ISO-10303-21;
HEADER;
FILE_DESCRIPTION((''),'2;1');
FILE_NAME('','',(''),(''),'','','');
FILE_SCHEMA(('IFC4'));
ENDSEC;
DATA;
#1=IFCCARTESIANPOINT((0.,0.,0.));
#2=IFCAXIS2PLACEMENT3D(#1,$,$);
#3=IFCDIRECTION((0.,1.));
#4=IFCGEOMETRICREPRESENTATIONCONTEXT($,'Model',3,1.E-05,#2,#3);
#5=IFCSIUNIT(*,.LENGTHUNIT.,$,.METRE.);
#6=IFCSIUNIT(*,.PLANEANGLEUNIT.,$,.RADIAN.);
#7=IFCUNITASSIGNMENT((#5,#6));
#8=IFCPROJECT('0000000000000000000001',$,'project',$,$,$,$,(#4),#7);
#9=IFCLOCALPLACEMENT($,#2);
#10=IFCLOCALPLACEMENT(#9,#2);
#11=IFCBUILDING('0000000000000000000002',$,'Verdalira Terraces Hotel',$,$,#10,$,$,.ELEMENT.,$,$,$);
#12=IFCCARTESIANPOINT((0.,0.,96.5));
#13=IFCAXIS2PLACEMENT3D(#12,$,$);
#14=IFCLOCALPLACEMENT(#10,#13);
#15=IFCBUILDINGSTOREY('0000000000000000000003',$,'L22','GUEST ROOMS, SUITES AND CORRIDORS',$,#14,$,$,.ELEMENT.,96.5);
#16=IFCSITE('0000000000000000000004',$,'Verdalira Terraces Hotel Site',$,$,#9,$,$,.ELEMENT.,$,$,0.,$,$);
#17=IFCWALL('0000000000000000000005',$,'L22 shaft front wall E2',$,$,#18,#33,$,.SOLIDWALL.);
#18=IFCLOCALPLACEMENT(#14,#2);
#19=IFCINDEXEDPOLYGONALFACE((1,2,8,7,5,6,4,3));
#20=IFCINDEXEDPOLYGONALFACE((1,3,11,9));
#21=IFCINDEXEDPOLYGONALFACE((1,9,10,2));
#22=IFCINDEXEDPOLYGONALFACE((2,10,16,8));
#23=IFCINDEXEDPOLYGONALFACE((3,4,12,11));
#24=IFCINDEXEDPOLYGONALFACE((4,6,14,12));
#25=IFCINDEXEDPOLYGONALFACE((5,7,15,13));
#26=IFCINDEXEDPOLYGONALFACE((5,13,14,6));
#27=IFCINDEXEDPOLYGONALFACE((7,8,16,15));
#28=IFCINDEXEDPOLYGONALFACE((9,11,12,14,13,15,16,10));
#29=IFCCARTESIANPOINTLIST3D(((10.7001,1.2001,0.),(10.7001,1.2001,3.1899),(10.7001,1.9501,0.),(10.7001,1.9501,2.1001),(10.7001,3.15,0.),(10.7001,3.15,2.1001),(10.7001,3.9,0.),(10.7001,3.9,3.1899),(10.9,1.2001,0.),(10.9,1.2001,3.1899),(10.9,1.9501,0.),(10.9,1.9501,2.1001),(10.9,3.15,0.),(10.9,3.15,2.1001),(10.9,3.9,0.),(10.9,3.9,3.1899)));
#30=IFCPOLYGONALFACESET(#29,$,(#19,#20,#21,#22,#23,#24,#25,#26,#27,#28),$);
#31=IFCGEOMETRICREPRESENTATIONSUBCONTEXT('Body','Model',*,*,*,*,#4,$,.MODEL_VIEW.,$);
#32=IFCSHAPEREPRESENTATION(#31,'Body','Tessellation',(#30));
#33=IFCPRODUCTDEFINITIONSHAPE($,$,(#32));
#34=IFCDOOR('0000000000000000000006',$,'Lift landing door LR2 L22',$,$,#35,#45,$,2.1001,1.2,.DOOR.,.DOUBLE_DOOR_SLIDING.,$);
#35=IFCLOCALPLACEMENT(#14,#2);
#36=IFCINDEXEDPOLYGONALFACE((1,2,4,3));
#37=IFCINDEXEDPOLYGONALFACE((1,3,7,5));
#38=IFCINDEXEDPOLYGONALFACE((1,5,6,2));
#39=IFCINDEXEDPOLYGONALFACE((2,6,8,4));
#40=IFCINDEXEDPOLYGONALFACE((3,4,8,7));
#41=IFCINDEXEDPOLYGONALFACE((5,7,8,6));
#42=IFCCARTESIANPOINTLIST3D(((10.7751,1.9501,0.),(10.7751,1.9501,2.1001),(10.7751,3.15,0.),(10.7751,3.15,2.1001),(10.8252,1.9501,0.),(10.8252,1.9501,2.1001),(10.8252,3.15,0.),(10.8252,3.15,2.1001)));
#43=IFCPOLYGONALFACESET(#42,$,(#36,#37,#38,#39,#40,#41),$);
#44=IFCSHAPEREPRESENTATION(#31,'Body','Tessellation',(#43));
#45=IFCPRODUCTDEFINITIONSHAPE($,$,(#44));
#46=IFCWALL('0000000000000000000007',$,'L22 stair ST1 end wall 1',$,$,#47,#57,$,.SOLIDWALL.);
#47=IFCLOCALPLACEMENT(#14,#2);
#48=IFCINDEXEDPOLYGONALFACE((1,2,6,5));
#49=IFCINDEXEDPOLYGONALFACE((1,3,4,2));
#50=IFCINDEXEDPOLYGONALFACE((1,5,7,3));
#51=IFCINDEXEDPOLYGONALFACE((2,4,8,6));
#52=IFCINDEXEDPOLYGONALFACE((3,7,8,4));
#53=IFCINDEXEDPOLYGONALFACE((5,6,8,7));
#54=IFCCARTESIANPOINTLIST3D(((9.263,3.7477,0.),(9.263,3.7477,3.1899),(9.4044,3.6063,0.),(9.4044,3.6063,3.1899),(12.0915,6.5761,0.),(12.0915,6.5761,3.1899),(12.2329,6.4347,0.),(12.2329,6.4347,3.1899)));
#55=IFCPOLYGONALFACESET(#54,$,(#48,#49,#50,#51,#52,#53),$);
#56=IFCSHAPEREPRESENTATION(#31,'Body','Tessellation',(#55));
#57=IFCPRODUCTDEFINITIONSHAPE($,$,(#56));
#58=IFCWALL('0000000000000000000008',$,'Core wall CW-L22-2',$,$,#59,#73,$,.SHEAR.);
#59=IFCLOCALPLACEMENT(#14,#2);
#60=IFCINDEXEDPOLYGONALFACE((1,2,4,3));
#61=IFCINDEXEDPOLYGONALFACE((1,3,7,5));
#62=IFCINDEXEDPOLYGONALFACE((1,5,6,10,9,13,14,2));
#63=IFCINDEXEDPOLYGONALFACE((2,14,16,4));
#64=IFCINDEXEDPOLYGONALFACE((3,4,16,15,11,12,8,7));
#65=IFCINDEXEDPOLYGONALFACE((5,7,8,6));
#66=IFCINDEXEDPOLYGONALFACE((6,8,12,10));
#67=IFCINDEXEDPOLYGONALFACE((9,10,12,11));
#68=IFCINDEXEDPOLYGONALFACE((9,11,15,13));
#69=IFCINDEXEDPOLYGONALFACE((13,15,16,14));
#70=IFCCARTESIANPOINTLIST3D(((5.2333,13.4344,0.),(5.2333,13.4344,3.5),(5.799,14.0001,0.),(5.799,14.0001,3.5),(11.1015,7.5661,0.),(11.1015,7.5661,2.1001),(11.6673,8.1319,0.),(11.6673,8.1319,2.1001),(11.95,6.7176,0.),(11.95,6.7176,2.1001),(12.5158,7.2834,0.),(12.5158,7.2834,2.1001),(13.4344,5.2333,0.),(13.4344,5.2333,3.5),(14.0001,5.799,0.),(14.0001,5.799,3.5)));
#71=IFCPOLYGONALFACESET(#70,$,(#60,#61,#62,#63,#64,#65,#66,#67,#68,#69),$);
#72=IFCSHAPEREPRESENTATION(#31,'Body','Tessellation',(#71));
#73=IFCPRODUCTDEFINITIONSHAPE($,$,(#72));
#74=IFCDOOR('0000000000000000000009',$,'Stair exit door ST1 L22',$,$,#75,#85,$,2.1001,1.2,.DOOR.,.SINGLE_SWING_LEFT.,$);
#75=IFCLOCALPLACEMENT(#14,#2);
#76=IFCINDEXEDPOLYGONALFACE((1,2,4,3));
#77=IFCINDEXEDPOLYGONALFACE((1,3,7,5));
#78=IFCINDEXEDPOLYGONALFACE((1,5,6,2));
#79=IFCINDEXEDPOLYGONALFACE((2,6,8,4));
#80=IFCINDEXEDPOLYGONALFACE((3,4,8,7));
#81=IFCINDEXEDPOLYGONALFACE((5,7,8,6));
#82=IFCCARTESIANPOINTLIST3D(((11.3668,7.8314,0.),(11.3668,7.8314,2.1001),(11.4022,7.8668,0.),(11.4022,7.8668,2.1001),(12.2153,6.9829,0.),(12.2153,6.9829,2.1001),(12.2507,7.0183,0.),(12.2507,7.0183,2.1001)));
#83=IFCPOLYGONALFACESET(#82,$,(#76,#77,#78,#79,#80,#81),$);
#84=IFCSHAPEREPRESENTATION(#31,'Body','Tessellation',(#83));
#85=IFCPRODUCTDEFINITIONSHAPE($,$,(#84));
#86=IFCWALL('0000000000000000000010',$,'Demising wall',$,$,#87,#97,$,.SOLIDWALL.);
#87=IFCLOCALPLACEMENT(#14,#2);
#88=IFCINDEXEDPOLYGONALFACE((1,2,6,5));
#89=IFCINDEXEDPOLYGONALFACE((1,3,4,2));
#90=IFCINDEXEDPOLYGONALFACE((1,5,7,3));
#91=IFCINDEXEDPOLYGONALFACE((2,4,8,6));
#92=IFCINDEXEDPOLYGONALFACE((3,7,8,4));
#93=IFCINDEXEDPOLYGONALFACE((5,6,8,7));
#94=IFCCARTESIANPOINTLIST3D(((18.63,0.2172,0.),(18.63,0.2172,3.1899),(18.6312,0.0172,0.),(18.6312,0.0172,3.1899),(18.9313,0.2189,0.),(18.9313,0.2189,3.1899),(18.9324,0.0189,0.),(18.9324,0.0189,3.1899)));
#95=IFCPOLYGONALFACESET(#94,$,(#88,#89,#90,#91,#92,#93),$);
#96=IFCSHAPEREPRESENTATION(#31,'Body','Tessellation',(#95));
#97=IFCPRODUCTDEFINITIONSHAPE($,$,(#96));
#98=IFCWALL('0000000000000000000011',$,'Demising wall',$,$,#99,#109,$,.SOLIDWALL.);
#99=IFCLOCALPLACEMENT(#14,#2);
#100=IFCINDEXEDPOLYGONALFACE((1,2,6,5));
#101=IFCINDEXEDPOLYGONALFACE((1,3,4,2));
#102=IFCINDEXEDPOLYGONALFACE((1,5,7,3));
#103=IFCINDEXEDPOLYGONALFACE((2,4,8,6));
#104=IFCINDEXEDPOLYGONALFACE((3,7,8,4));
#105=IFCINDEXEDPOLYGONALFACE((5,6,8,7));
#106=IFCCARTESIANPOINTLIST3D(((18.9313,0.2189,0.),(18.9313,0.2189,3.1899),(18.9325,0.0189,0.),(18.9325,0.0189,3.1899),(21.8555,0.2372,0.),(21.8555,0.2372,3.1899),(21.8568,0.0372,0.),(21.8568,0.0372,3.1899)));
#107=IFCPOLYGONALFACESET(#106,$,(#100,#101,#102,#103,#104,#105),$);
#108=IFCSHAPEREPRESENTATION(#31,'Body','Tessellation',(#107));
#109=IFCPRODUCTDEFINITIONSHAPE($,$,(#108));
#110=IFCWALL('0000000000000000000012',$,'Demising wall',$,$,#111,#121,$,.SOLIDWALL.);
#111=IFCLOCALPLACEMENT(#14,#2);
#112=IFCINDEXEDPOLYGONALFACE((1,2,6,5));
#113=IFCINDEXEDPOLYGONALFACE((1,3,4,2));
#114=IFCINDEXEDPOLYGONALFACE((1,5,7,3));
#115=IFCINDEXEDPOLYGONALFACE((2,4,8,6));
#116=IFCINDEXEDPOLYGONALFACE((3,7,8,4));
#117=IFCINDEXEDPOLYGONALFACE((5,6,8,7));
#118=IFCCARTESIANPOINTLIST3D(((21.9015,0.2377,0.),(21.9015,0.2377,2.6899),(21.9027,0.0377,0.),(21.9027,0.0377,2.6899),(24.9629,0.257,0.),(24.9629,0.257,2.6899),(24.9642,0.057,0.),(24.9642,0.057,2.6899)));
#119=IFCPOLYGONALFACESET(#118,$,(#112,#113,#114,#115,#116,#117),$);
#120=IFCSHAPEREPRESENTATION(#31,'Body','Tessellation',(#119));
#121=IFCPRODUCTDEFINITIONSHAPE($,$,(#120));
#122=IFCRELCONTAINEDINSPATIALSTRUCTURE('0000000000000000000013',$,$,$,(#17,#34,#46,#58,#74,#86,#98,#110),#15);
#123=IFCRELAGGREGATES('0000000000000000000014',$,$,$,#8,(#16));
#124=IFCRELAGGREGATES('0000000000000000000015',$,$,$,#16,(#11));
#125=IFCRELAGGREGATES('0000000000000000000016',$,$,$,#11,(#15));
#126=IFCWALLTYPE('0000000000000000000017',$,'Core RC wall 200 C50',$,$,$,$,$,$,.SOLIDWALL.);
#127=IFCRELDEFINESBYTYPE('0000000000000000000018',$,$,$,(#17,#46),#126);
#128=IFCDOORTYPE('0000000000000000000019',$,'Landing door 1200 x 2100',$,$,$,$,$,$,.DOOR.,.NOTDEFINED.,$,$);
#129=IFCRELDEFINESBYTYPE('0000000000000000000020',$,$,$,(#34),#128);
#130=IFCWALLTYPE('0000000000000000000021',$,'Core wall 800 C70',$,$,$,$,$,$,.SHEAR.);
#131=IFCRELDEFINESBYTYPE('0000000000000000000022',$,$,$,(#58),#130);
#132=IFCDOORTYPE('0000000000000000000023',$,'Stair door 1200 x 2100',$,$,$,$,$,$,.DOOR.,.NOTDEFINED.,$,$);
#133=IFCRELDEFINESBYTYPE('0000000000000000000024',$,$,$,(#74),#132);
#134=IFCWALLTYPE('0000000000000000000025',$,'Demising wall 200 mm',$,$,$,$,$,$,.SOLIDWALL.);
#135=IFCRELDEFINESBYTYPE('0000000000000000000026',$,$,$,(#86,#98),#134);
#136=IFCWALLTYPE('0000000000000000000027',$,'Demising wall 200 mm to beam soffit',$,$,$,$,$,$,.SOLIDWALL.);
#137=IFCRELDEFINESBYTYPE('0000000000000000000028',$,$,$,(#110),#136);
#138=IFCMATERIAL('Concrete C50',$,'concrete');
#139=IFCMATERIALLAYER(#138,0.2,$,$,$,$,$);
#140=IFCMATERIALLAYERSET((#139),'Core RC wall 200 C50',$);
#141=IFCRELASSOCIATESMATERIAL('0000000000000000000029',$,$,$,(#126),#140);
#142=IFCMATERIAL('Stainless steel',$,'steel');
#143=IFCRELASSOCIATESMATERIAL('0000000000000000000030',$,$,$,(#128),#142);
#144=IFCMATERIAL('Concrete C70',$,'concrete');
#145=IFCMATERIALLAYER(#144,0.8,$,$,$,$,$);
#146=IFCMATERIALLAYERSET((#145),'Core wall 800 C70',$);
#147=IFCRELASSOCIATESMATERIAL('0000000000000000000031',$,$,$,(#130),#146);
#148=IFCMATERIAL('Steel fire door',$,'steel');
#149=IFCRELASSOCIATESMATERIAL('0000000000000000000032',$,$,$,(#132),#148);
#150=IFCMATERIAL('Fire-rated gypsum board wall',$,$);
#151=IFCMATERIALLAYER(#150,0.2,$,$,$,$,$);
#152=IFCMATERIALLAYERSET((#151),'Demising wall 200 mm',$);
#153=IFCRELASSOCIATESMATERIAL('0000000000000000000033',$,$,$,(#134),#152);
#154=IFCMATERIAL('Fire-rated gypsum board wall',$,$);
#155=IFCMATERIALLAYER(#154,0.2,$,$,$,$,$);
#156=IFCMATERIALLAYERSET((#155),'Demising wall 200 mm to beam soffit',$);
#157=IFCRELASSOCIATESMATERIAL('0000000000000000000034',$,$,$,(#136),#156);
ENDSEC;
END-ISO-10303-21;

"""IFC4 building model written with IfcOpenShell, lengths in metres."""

from ifc_helpers import new_model, si_unit, direction, frame, frame_2d, origin, place, context, subcontext, project, spatial, rectangle, extrude, material, layer, layer_set, type_object, element, fill, save


model = new_model("IFC4")

# Units and contexts
model_context = context("Model", 3, precision=1e-05, world=origin(), true_north=direction((0.0, 1.0)))
body_context = subcontext(model_context, "Body", "Model", "MODEL_VIEW")
ifc_project = project(units=[si_unit("LENGTHUNIT", "METRE"), si_unit("PLANEANGLEUNIT", "RADIAN")], contexts=[model_context])

# Site, building, storey
site_placement = place(None, origin())
site = spatial("IfcSite", under=ifc_project, at=site_placement, Name="Verdalira Terraces Hotel Site", CompositionType="ELEMENT", RefElevation=0.0)
building_placement = place(site_placement, origin())
building = spatial("IfcBuilding", under=site, at=building_placement, Name="Verdalira Terraces Hotel", CompositionType="ELEMENT")
storey_placement = place(building_placement, frame((0.0, 0.0, 96.5)))
storey = spatial("IfcBuildingStorey", under=building, at=storey_placement, Name="L22", Description="GUEST ROOMS, SUITES AND CORRIDORS", CompositionType="ELEMENT", Elevation=96.5)

# Wall, opening, door
ifc_material_1 = material(Name="Concrete C50", Category="concrete")
ifc_layer_1 = layer(ifc_material_1, 0.2)
ifc_layer_set_1 = layer_set([ifc_layer_1], Name="Core RC wall 200 C50")
wall_type_1 = type_object("IfcWallType", Name="Core RC wall 200 C50", PredefinedType="SOLIDWALL", material=ifc_layer_set_1)
wall_1_placement = place(storey_placement, frame((10.8, 1.2, 0.0), z_axis=(0.0, 0.0, 1.0), x_axis=(0.0, 1.0, 0.0)))
wall_1 = element("IfcWall", 1, at=wall_1_placement, inside=storey, type_object=wall_type_1, Name="L22 shaft front wall E2", PredefinedType="SOLIDWALL", context=body_context, shape_type="SweptSolid", body=[
    extrude(rectangle(XDim=2.7, YDim=0.2, at=frame_2d((1.3501, 0.0))), origin(), (0.0, 0.0, 1.0), 3.1899),
])
opening_1_placement = place(wall_1_placement, frame((0.75, 0.0, 0.0)))
opening_1 = element("IfcOpeningElement", 2, at=opening_1_placement, cuts=wall_1, PredefinedType="OPENING", context=body_context, shape_type="SweptSolid", body=[
    extrude(rectangle(XDim=1.2, YDim=2.1001, at=frame_2d((0.6001, 1.05))), frame((0.0, 0.1099, 0.0), z_axis=(0.0, -1.0, 0.0), x_axis=(1.0, 0.0, 0.0)), (0.0, 0.0, 1.0), 0.22),
])
ifc_material_2 = material(Name="Stainless steel", Category="steel")
door_type_1 = type_object("IfcDoorType", Name="Landing door 1200 x 2100", OperationType="NOTDEFINED", PredefinedType="DOOR", material=ifc_material_2)
door_1_placement = place(opening_1_placement, origin())
door_1 = element("IfcDoor", 3, at=door_1_placement, inside=storey, type_object=door_type_1, Name="Lift landing door LR2 L22", OperationType="DOUBLE_DOOR_SLIDING", OverallHeight=2.1001, OverallWidth=1.2, PredefinedType="DOOR", context=body_context, shape_type="SweptSolid", body=[
    extrude(rectangle(XDim=1.2, YDim=2.1001, at=frame_2d((0.6001, 1.05))), frame((0.0, 0.0249, 0.0), z_axis=(0.0, -1.0, 0.0), x_axis=(1.0, 0.0, 0.0)), (0.0, 0.0, 1.0), 0.05),
])
fill(opening_1, door_1)

# Wall
wall_2_placement = place(storey_placement, frame((9.3337, 3.677, 0.0), z_axis=(0.0, 0.0, 1.0), x_axis=(0.707107, 0.707107, 0.0)))
element("IfcWall", 4, at=wall_2_placement, inside=storey, type_object=wall_type_1, Name="L22 stair ST1 end wall 1", PredefinedType="SOLIDWALL", context=body_context, shape_type="SweptSolid", body=[
    extrude(rectangle(XDim=4.0, YDim=0.2, at=frame_2d((2.0, 0.0))), origin(), (0.0, 0.0, 1.0), 3.1899),
])

# Wall, opening, door
ifc_material_3 = material(Name="Concrete C70", Category="concrete")
ifc_layer_2 = layer(ifc_material_3, 0.8)
ifc_layer_set_2 = layer_set([ifc_layer_2], Name="Core wall 800 C70")
wall_type_2 = type_object("IfcWallType", Name="Core wall 800 C70", PredefinedType="SHEAR", material=ifc_layer_set_2)
wall_3_placement = place(storey_placement, frame((13.7173, 5.5161, 0.0), z_axis=(0.0, 0.0, 1.0), x_axis=(-0.707107, 0.707107, 0.0)))
wall_3 = element("IfcWall", 5, at=wall_3_placement, inside=storey, type_object=wall_type_2, Name="Core wall CW-L22-2", PredefinedType="SHEAR", context=body_context, shape_type="SweptSolid", body=[
    extrude(rectangle(XDim=11.5981, YDim=0.8, at=frame_2d((5.7991, 0.0))), origin(), (0.0, 0.0, 1.0), 3.5),
])
opening_2_placement = place(wall_3_placement, frame((2.0991, 0.0, 0.0)))
opening_2 = element("IfcOpeningElement", 6, at=opening_2_placement, cuts=wall_3, PredefinedType="OPENING", context=body_context, shape_type="SweptSolid", body=[
    extrude(rectangle(XDim=1.2, YDim=2.1001, at=frame_2d((0.6001, 1.05))), frame((0.0, 0.4099, 0.0), z_axis=(0.0, -1.0, 0.0), x_axis=(1.0, 0.0, 0.0)), (0.0, 0.0, 1.0), 0.8201),
])
ifc_material_4 = material(Name="Steel fire door", Category="steel")
door_type_2 = type_object("IfcDoorType", Name="Stair door 1200 x 2100", OperationType="NOTDEFINED", PredefinedType="DOOR", material=ifc_material_4)
door_2_placement = place(opening_2_placement, origin())
door_2 = element("IfcDoor", 7, at=door_2_placement, inside=storey, type_object=door_type_2, Name="Stair exit door ST1 L22", OperationType="SINGLE_SWING_LEFT", OverallHeight=2.1001, OverallWidth=1.2, PredefinedType="DOOR", context=body_context, shape_type="SweptSolid", body=[
    extrude(rectangle(XDim=1.2, YDim=2.1001, at=frame_2d((0.6001, 1.05))), frame((0.0, 0.0249, 0.0), z_axis=(0.0, -1.0, 0.0), x_axis=(1.0, 0.0, 0.0)), (0.0, 0.0, 1.0), 0.05),
])
fill(opening_2, door_2)

# Walls
ifc_material_5 = material(Name="Fire-rated gypsum board wall")
ifc_layer_3 = layer(ifc_material_5, 0.2)
ifc_layer_set_3 = layer_set([ifc_layer_3], Name="Demising wall 200 mm")
wall_type_3 = type_object("IfcWallType", Name="Demising wall 200 mm", PredefinedType="SOLIDWALL", material=ifc_layer_set_3)
wall_4_placement = place(storey_placement, frame((18.6306, 0.1172, 0.0), z_axis=(0.0, 0.0, 1.0), x_axis=(0.999984, 0.005673, 0.0)))
element("IfcWall", 8, at=wall_4_placement, inside=storey, type_object=wall_type_3, Name="Demising wall", PredefinedType="SOLIDWALL", context=body_context, shape_type="SweptSolid", body=[
    extrude(rectangle(XDim=0.3013, YDim=0.2, at=frame_2d((0.1506, 0.0))), origin(), (0.0, 0.0, 1.0), 3.1899),
])
wall_5_placement = place(storey_placement, frame((18.9319, 0.1189, 0.0), z_axis=(0.0, 0.0, 1.0), x_axis=(0.99998, 0.006261, 0.0)))
element("IfcWall", 9, at=wall_5_placement, inside=storey, type_object=wall_type_3, Name="Demising wall", PredefinedType="SOLIDWALL", context=body_context, shape_type="SweptSolid", body=[
    extrude(rectangle(XDim=2.9243, YDim=0.2, at=frame_2d((1.4622, 0.0))), origin(), (0.0, 0.0, 1.0), 3.1899),
])
ifc_material_6 = material(Name="Fire-rated gypsum board wall")
ifc_layer_4 = layer(ifc_material_6, 0.2)
ifc_layer_set_4 = layer_set([ifc_layer_4], Name="Demising wall 200 mm to beam soffit")
wall_type_4 = type_object("IfcWallType", Name="Demising wall 200 mm to beam soffit", PredefinedType="SOLIDWALL", material=ifc_layer_set_4)
wall_6_placement = place(storey_placement, frame((21.9021, 0.1377, 0.0), z_axis=(0.0, 0.0, 1.0), x_axis=(0.99998, 0.0063, 0.0)))
element("IfcWall", 10, at=wall_6_placement, inside=storey, type_object=wall_type_4, Name="Demising wall", PredefinedType="SOLIDWALL", context=body_context, shape_type="SweptSolid", body=[
    extrude(rectangle(XDim=3.0615, YDim=0.2, at=frame_2d((1.5308, 0.0))), origin(), (0.0, 0.0, 1.0), 2.6899),
])

save(model, "model.ifc")
